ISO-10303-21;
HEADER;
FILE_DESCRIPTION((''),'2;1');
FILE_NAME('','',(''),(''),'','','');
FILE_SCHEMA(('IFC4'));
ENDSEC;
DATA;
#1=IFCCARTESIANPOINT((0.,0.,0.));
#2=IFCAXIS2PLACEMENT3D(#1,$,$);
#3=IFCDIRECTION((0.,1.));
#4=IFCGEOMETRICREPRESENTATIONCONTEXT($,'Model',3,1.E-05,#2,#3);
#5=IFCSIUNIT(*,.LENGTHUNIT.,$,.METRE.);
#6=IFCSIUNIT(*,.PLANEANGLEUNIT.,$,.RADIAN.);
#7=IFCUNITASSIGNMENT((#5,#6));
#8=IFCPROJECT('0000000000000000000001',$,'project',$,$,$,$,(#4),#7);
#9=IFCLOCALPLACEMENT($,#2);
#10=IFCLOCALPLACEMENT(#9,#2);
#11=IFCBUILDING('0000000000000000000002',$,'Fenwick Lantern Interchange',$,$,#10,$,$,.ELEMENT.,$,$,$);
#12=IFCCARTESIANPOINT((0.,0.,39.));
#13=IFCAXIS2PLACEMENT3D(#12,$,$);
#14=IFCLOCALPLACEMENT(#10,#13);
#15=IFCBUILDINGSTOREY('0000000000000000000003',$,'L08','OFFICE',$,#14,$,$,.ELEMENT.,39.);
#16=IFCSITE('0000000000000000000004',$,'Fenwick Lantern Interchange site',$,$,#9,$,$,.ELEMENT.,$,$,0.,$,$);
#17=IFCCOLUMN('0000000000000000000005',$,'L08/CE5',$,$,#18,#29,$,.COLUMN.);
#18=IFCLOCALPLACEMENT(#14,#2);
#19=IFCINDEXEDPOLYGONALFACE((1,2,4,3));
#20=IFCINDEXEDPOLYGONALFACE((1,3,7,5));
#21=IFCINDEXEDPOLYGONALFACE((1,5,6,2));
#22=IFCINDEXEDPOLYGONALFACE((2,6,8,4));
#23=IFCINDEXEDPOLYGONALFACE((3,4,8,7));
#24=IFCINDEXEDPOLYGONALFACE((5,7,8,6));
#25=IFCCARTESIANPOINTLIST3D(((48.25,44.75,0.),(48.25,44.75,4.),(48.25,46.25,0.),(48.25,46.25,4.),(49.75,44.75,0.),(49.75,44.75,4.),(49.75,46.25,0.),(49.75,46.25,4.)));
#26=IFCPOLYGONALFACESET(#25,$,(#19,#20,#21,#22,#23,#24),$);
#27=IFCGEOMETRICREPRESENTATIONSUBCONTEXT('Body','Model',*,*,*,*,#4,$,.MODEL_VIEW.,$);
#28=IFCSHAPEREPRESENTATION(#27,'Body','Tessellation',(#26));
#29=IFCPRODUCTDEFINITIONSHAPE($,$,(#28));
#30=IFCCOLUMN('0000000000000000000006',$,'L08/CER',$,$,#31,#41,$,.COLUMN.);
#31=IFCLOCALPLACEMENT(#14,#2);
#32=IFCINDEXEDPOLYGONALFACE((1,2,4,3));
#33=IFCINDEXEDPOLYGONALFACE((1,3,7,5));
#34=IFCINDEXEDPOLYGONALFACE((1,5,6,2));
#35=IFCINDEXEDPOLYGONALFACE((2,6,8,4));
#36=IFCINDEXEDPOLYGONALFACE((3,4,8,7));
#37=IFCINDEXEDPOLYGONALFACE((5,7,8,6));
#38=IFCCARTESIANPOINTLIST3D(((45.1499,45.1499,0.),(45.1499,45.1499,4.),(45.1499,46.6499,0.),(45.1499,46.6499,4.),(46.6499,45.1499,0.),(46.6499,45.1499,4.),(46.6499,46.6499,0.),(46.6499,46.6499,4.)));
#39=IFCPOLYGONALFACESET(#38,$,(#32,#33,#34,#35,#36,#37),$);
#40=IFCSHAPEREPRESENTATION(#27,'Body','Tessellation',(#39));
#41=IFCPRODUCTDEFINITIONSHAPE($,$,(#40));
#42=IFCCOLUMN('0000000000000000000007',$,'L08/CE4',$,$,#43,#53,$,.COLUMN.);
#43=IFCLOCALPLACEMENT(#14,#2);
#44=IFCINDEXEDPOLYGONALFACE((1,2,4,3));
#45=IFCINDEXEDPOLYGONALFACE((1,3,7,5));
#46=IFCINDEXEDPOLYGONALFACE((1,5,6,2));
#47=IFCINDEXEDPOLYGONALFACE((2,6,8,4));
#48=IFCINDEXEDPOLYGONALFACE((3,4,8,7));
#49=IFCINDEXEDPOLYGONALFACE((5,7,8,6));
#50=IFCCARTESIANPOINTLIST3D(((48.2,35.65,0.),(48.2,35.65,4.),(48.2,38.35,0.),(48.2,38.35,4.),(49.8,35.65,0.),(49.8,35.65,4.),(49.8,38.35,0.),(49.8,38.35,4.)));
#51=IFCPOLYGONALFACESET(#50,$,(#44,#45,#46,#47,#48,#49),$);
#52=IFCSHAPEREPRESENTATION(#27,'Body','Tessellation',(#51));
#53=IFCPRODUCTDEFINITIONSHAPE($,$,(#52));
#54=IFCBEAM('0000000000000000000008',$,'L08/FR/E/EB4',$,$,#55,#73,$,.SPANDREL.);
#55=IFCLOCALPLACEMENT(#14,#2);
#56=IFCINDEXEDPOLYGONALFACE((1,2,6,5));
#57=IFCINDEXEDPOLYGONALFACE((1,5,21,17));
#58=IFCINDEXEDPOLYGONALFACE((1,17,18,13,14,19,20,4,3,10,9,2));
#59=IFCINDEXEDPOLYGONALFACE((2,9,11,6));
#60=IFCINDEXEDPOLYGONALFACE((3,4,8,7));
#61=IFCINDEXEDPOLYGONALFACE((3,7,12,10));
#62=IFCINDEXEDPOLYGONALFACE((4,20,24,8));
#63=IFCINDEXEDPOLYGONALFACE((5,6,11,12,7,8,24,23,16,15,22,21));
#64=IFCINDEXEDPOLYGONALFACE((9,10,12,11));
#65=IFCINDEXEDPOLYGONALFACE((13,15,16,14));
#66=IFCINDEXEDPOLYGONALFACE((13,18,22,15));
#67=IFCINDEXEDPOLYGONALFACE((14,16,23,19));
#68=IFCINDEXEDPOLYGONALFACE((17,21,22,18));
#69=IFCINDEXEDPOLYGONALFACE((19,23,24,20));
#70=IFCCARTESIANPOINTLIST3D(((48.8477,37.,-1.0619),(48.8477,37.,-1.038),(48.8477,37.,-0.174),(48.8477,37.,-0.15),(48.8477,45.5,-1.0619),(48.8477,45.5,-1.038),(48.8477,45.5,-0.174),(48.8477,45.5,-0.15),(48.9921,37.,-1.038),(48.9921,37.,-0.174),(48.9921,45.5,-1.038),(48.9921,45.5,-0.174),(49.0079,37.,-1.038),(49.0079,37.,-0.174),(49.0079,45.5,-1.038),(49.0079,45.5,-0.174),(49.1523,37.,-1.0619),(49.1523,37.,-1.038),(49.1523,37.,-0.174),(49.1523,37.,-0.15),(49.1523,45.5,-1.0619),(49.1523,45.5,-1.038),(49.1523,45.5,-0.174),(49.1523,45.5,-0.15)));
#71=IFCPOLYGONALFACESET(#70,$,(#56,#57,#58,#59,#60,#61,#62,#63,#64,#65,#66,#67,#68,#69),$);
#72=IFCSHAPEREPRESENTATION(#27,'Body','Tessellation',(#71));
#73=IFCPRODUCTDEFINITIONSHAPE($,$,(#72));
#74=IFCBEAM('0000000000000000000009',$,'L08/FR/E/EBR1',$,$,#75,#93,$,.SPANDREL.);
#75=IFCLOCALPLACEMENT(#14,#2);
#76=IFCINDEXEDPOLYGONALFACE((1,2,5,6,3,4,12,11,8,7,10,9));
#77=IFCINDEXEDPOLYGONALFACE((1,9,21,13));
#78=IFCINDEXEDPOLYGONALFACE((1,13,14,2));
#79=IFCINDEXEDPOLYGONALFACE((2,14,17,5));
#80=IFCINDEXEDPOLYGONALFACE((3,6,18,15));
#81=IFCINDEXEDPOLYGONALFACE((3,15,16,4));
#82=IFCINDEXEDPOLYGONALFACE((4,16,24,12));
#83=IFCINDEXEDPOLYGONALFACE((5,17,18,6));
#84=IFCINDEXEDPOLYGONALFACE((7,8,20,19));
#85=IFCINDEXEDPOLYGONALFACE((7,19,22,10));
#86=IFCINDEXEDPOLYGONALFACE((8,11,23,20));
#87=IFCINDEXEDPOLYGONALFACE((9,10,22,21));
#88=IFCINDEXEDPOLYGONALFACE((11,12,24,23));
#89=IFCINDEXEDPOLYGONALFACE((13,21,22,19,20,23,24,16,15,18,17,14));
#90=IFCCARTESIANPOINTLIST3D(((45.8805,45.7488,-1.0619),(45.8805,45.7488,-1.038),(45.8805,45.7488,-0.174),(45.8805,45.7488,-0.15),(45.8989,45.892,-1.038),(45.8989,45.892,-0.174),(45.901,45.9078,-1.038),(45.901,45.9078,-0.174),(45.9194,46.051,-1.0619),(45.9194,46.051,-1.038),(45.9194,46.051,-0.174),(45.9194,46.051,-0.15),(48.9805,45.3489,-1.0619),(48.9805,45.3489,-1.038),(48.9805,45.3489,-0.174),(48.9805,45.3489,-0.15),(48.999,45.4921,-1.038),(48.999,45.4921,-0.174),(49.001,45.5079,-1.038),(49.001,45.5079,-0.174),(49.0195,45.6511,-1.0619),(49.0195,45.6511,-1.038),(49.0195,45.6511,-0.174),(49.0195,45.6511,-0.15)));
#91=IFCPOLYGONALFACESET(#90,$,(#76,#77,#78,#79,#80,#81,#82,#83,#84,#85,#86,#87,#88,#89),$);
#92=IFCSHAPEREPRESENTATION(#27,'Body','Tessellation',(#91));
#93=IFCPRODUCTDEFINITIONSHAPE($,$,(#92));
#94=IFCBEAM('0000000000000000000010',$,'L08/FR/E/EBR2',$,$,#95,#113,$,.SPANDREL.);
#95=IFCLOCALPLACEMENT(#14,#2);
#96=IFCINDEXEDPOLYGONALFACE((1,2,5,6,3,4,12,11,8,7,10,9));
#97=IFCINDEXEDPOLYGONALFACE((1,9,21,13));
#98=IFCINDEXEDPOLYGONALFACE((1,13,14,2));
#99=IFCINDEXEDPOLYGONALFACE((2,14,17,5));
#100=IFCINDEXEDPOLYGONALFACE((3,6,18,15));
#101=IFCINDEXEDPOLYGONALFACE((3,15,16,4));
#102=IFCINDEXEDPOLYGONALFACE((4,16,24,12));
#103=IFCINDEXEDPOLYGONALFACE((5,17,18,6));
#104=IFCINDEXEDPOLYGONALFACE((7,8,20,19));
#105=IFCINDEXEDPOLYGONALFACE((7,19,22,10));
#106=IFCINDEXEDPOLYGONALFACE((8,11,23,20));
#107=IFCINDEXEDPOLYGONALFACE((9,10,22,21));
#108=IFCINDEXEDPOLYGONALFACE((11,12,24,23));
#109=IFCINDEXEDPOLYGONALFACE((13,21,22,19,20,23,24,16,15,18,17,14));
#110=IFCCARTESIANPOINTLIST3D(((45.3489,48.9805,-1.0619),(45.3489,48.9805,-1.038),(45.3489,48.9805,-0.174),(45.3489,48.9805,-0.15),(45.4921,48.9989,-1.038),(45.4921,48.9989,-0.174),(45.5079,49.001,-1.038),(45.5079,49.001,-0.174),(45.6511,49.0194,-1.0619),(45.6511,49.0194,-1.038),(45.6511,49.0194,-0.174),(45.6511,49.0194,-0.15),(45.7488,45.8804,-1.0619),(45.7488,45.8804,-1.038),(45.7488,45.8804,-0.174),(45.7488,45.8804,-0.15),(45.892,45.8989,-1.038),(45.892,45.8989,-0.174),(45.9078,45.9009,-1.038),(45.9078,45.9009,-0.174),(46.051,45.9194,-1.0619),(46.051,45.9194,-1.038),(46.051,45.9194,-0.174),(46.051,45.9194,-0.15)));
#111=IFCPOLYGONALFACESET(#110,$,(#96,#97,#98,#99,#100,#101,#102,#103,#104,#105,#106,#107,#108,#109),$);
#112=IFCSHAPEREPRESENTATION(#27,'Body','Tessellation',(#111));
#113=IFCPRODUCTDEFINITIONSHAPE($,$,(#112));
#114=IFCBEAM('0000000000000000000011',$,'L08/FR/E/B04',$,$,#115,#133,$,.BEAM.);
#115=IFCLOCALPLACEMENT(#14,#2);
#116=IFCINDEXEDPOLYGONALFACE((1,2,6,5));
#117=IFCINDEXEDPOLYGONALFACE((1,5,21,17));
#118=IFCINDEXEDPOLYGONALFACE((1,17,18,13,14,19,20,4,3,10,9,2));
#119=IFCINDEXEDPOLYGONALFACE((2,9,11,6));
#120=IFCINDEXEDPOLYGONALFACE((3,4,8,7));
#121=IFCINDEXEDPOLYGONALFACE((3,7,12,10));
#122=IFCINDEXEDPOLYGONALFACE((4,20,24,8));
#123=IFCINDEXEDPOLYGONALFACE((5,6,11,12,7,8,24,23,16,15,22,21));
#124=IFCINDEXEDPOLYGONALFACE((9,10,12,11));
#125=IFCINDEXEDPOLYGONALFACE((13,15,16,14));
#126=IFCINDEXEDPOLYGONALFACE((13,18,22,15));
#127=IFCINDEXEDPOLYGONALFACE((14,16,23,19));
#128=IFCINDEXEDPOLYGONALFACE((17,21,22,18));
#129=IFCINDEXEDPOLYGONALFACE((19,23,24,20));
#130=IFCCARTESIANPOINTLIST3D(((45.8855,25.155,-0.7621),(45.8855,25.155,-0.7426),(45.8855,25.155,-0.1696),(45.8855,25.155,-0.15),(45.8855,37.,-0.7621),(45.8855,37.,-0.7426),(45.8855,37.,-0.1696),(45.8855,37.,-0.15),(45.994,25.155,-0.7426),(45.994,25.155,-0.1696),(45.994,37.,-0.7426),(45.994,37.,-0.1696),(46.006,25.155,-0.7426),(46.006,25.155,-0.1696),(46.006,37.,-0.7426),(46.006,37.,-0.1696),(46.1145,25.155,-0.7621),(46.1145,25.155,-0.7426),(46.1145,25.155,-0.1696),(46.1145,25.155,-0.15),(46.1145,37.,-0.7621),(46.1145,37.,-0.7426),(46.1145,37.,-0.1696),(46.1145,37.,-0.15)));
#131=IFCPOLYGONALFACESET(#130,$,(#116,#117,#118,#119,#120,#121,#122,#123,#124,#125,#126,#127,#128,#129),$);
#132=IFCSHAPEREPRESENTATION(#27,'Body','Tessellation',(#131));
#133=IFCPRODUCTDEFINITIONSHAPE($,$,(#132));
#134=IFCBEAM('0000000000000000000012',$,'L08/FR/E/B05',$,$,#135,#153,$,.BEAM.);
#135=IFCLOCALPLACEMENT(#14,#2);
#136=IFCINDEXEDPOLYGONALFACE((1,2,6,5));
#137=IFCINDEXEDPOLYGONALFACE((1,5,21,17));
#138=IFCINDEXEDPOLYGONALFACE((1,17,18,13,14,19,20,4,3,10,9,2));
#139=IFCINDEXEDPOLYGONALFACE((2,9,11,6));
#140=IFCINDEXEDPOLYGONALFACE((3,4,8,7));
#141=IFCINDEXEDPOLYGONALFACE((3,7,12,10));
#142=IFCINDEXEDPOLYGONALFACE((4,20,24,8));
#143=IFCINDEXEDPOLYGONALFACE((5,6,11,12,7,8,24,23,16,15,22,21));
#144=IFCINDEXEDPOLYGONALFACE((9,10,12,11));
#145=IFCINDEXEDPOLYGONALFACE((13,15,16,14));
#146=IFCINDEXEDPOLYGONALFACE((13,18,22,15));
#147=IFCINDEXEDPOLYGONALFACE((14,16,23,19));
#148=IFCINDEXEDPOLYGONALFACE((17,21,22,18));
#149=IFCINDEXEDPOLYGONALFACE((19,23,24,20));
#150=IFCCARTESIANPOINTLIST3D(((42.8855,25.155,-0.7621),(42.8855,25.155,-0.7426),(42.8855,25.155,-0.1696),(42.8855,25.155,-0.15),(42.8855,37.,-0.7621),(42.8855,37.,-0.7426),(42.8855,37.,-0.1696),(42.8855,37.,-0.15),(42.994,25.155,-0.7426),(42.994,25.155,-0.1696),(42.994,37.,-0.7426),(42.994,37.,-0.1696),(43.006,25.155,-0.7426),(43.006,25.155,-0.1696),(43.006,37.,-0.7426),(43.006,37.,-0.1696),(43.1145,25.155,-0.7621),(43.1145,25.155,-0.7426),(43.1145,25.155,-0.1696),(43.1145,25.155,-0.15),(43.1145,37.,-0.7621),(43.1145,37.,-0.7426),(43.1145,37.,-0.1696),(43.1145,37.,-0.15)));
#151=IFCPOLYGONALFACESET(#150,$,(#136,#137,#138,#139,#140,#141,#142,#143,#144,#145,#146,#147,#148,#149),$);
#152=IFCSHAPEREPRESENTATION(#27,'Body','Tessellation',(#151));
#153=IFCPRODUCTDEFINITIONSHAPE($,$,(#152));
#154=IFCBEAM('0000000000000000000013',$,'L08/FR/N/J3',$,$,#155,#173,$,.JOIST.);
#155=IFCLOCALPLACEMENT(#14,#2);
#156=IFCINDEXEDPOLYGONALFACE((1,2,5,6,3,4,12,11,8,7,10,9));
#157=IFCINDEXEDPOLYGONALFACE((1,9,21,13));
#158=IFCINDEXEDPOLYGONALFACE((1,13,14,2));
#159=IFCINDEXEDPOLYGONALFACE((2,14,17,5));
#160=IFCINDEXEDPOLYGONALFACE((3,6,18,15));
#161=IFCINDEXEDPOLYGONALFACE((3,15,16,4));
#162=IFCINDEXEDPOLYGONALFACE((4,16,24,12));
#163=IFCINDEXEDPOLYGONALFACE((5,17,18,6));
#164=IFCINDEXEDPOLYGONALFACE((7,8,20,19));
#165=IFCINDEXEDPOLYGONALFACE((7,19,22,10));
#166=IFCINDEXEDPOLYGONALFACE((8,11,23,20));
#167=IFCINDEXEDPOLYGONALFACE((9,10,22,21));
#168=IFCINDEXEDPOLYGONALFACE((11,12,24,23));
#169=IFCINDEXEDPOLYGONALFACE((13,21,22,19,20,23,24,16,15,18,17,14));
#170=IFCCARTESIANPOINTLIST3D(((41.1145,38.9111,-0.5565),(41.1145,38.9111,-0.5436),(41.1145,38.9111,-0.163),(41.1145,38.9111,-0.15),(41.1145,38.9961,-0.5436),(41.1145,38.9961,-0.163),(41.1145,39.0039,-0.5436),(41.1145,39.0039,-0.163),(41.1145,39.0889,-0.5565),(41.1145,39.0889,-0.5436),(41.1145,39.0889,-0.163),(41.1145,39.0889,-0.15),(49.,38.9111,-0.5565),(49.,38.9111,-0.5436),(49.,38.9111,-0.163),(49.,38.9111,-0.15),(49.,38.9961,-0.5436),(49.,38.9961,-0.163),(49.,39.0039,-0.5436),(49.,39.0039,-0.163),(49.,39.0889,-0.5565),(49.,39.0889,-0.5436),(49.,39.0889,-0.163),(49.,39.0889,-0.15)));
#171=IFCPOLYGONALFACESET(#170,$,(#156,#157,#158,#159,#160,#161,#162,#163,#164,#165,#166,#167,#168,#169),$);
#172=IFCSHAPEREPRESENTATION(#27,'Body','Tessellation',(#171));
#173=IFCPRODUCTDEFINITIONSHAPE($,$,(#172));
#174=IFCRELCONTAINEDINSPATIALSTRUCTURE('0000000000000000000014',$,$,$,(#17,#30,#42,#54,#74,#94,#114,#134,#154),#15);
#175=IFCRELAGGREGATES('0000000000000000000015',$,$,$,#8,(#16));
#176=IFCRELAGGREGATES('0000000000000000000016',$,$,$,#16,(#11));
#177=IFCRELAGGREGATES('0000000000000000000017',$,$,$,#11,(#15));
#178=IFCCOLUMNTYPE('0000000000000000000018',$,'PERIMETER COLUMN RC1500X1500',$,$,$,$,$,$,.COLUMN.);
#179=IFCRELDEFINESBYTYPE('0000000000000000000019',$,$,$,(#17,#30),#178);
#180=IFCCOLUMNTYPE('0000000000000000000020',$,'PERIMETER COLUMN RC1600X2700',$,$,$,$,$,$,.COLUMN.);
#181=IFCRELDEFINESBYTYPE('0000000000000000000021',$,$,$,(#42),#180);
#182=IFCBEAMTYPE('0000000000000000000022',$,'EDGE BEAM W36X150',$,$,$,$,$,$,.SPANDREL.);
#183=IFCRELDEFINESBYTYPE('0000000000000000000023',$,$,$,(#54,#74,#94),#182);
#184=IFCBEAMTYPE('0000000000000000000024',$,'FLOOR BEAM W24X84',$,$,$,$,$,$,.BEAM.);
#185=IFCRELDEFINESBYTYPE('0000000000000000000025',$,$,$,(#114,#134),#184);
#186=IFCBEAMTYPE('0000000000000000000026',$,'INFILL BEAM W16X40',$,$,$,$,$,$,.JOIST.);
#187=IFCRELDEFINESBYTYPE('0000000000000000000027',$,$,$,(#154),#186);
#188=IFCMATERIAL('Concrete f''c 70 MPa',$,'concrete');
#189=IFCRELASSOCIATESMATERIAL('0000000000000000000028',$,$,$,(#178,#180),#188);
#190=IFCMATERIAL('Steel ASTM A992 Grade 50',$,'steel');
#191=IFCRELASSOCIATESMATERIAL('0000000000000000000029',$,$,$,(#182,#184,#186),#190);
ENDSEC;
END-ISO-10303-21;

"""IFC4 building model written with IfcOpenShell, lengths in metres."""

from ifc_helpers import new_model, si_unit, direction, frame, origin, origin_2d, place, context, subcontext, project, spatial, rectangle, i_section, extrude, material, material_profile, profile_set, type_object, element, save


model = new_model("IFC4")

# Units and contexts
model_context = context("Model", 3, precision=1e-05, world=origin(), true_north=direction((0.0, 1.0)))
body_context = subcontext(model_context, "Body", "Model", "MODEL_VIEW")
ifc_project = project(units=[si_unit("LENGTHUNIT", "METRE"), si_unit("PLANEANGLEUNIT", "RADIAN")], contexts=[model_context])

# Site, building, storey
site_placement = place(None, origin())
site = spatial("IfcSite", under=ifc_project, at=site_placement, Name="Fenwick Lantern Interchange site", CompositionType="ELEMENT", RefElevation=0.0)
building_placement = place(site_placement, origin())
building = spatial("IfcBuilding", under=site, at=building_placement, Name="Fenwick Lantern Interchange", CompositionType="ELEMENT")
storey_placement = place(building_placement, frame((0.0, 0.0, 39.0)))
storey = spatial("IfcBuildingStorey", under=building, at=storey_placement, Name="L08", Description="OFFICE", CompositionType="ELEMENT", Elevation=39.0)

# Columns
ifc_material_1 = material(Name="Concrete f'c 70 MPa", Category="concrete")
ifc_material_profile_1 = material_profile(ifc_material_1, rectangle(XDim=1.5, YDim=1.5, at=origin_2d()), Name="RC1500X1500")
ifc_profile_set_1 = profile_set([ifc_material_profile_1], Name="Concrete f'c 70 MPa")
column_type_1 = type_object("IfcColumnType", Name="PERIMETER COLUMN RC1500X1500", PredefinedType="COLUMN", material=ifc_profile_set_1)
for number, where, z_axis, x_axis, name in (
    (1, (49.0, 45.5, 0.0), (0.0, 0.0, 1.0), (1.0, 0.0, 0.0), "L08/CE5"),
    (2, (45.8999, 45.8999, 0.0), (0.0, 0.0, 1.0), (1.0, 0.0, 0.0), "L08/CER"),
):
    element("IfcColumn", number, at=place(storey_placement, frame(where, z_axis=z_axis, x_axis=x_axis)), inside=storey, type_object=column_type_1, Name=name, PredefinedType="COLUMN", context=body_context, shape_type="SweptSolid", body=[
        extrude(rectangle(XDim=1.5, YDim=1.5, at=origin_2d()), origin(), (0.0, 0.0, 1.0), 4.0),
    ])
ifc_material_profile_2 = material_profile(ifc_material_1, rectangle(XDim=1.6001, YDim=2.7, at=origin_2d()), Name="RC1600X2700")
ifc_profile_set_2 = profile_set([ifc_material_profile_2], Name="Concrete f'c 70 MPa")
column_type_2 = type_object("IfcColumnType", Name="PERIMETER COLUMN RC1600X2700", PredefinedType="COLUMN", material=ifc_profile_set_2)
column_placement = place(storey_placement, frame((49.0, 37.0, 0.0), z_axis=(0.0, 0.0, 1.0), x_axis=(1.0, 0.0, 0.0)))
element("IfcColumn", 3, at=column_placement, inside=storey, type_object=column_type_2, Name="L08/CE4", PredefinedType="COLUMN", context=body_context, shape_type="SweptSolid", body=[
    extrude(rectangle(XDim=1.6001, YDim=2.7, at=origin_2d()), origin(), (0.0, 0.0, 1.0), 4.0),
])

# Beams
ifc_material_2 = material(Name="Steel ASTM A992 Grade 50", Category="steel")
ifc_material_profile_3 = material_profile(ifc_material_2, i_section(OverallWidth=0.3047, OverallDepth=0.9119, WebThickness=0.0159, FlangeThickness=0.0239, at=origin_2d()), Name="W36X150")
ifc_profile_set_3 = profile_set([ifc_material_profile_3], Name="Steel ASTM A992 Grade 50")
beam_type_1 = type_object("IfcBeamType", Name="EDGE BEAM W36X150", PredefinedType="SPANDREL", material=ifc_profile_set_3)
beam_1_placement = place(storey_placement, frame((49.0, 37.0, -0.606), z_axis=(0.0, 1.0, 0.0), x_axis=(-1.0, 0.0, 0.0)))
element("IfcBeam", 4, at=beam_1_placement, inside=storey, type_object=beam_type_1, Name="L08/FR/E/EB4", PredefinedType="SPANDREL", context=body_context, shape_type="SweptSolid", body=[
    extrude(i_section(OverallWidth=0.3047, OverallDepth=0.9119, WebThickness=0.0159, FlangeThickness=0.0239, at=origin_2d()), origin(), (0.0, 0.0, 1.0), 8.5),
])
for number, where, z_axis, x_axis, name in (
    (5, (49.0, 45.5, -0.606), (-0.991782, 0.127937, 0.0), (-0.127937, -0.991782, 0.0), "L08/FR/E/EBR1"),
    (6, (45.8999, 45.8999, -0.606), (-0.127937, 0.991782, 0.0), (-0.991782, -0.127937, 0.0), "L08/FR/E/EBR2"),
):
    element("IfcBeam", number, at=place(storey_placement, frame(where, z_axis=z_axis, x_axis=x_axis)), inside=storey, type_object=beam_type_1, Name=name, PredefinedType="SPANDREL", context=body_context, shape_type="SweptSolid", body=[
        extrude(i_section(OverallWidth=0.3047, OverallDepth=0.9119, WebThickness=0.0159, FlangeThickness=0.0239, at=origin_2d()), origin(), (0.0, 0.0, 1.0), 3.1257),
    ])
ifc_material_profile_4 = material_profile(ifc_material_2, i_section(OverallWidth=0.229, OverallDepth=0.6121, WebThickness=0.012, FlangeThickness=0.0195, at=origin_2d()), Name="W24X84")
ifc_profile_set_4 = profile_set([ifc_material_profile_4], Name="Steel ASTM A992 Grade 50")
beam_type_2 = type_object("IfcBeamType", Name="FLOOR BEAM W24X84", PredefinedType="BEAM", material=ifc_profile_set_4)
for number, where, z_axis, x_axis, name in (
    (7, (46.0, 25.155, -0.4561), (0.0, 1.0, 0.0), (-1.0, 0.0, 0.0), "L08/FR/E/B04"),
    (8, (43.0, 25.155, -0.4561), (0.0, 1.0, 0.0), (-1.0, 0.0, 0.0), "L08/FR/E/B05"),
):
    element("IfcBeam", number, at=place(storey_placement, frame(where, z_axis=z_axis, x_axis=x_axis)), inside=storey, type_object=beam_type_2, Name=name, PredefinedType="BEAM", context=body_context, shape_type="SweptSolid", body=[
        extrude(i_section(OverallWidth=0.229, OverallDepth=0.6121, WebThickness=0.012, FlangeThickness=0.0195, at=origin_2d()), origin(), (0.0, 0.0, 1.0), 11.845),
    ])
ifc_material_profile_5 = material_profile(ifc_material_2, i_section(OverallWidth=0.1777, OverallDepth=0.4065, WebThickness=0.0078, FlangeThickness=0.0129, at=origin_2d()), Name="W16X40")
ifc_profile_set_5 = profile_set([ifc_material_profile_5], Name="Steel ASTM A992 Grade 50")
beam_type_3 = type_object("IfcBeamType", Name="INFILL BEAM W16X40", PredefinedType="JOIST", material=ifc_profile_set_5)
beam_2_placement = place(storey_placement, frame((49.0, 39.0, -0.3533), z_axis=(-1.0, 0.0, 0.0), x_axis=(0.0, -1.0, 0.0)))
element("IfcBeam", 9, at=beam_2_placement, inside=storey, type_object=beam_type_3, Name="L08/FR/N/J3", PredefinedType="JOIST", context=body_context, shape_type="SweptSolid", body=[
    extrude(i_section(OverallWidth=0.1777, OverallDepth=0.4065, WebThickness=0.0078, FlangeThickness=0.0129, at=origin_2d()), origin(), (0.0, 0.0, 1.0), 7.8855),
])

save(model, "model.ifc")
